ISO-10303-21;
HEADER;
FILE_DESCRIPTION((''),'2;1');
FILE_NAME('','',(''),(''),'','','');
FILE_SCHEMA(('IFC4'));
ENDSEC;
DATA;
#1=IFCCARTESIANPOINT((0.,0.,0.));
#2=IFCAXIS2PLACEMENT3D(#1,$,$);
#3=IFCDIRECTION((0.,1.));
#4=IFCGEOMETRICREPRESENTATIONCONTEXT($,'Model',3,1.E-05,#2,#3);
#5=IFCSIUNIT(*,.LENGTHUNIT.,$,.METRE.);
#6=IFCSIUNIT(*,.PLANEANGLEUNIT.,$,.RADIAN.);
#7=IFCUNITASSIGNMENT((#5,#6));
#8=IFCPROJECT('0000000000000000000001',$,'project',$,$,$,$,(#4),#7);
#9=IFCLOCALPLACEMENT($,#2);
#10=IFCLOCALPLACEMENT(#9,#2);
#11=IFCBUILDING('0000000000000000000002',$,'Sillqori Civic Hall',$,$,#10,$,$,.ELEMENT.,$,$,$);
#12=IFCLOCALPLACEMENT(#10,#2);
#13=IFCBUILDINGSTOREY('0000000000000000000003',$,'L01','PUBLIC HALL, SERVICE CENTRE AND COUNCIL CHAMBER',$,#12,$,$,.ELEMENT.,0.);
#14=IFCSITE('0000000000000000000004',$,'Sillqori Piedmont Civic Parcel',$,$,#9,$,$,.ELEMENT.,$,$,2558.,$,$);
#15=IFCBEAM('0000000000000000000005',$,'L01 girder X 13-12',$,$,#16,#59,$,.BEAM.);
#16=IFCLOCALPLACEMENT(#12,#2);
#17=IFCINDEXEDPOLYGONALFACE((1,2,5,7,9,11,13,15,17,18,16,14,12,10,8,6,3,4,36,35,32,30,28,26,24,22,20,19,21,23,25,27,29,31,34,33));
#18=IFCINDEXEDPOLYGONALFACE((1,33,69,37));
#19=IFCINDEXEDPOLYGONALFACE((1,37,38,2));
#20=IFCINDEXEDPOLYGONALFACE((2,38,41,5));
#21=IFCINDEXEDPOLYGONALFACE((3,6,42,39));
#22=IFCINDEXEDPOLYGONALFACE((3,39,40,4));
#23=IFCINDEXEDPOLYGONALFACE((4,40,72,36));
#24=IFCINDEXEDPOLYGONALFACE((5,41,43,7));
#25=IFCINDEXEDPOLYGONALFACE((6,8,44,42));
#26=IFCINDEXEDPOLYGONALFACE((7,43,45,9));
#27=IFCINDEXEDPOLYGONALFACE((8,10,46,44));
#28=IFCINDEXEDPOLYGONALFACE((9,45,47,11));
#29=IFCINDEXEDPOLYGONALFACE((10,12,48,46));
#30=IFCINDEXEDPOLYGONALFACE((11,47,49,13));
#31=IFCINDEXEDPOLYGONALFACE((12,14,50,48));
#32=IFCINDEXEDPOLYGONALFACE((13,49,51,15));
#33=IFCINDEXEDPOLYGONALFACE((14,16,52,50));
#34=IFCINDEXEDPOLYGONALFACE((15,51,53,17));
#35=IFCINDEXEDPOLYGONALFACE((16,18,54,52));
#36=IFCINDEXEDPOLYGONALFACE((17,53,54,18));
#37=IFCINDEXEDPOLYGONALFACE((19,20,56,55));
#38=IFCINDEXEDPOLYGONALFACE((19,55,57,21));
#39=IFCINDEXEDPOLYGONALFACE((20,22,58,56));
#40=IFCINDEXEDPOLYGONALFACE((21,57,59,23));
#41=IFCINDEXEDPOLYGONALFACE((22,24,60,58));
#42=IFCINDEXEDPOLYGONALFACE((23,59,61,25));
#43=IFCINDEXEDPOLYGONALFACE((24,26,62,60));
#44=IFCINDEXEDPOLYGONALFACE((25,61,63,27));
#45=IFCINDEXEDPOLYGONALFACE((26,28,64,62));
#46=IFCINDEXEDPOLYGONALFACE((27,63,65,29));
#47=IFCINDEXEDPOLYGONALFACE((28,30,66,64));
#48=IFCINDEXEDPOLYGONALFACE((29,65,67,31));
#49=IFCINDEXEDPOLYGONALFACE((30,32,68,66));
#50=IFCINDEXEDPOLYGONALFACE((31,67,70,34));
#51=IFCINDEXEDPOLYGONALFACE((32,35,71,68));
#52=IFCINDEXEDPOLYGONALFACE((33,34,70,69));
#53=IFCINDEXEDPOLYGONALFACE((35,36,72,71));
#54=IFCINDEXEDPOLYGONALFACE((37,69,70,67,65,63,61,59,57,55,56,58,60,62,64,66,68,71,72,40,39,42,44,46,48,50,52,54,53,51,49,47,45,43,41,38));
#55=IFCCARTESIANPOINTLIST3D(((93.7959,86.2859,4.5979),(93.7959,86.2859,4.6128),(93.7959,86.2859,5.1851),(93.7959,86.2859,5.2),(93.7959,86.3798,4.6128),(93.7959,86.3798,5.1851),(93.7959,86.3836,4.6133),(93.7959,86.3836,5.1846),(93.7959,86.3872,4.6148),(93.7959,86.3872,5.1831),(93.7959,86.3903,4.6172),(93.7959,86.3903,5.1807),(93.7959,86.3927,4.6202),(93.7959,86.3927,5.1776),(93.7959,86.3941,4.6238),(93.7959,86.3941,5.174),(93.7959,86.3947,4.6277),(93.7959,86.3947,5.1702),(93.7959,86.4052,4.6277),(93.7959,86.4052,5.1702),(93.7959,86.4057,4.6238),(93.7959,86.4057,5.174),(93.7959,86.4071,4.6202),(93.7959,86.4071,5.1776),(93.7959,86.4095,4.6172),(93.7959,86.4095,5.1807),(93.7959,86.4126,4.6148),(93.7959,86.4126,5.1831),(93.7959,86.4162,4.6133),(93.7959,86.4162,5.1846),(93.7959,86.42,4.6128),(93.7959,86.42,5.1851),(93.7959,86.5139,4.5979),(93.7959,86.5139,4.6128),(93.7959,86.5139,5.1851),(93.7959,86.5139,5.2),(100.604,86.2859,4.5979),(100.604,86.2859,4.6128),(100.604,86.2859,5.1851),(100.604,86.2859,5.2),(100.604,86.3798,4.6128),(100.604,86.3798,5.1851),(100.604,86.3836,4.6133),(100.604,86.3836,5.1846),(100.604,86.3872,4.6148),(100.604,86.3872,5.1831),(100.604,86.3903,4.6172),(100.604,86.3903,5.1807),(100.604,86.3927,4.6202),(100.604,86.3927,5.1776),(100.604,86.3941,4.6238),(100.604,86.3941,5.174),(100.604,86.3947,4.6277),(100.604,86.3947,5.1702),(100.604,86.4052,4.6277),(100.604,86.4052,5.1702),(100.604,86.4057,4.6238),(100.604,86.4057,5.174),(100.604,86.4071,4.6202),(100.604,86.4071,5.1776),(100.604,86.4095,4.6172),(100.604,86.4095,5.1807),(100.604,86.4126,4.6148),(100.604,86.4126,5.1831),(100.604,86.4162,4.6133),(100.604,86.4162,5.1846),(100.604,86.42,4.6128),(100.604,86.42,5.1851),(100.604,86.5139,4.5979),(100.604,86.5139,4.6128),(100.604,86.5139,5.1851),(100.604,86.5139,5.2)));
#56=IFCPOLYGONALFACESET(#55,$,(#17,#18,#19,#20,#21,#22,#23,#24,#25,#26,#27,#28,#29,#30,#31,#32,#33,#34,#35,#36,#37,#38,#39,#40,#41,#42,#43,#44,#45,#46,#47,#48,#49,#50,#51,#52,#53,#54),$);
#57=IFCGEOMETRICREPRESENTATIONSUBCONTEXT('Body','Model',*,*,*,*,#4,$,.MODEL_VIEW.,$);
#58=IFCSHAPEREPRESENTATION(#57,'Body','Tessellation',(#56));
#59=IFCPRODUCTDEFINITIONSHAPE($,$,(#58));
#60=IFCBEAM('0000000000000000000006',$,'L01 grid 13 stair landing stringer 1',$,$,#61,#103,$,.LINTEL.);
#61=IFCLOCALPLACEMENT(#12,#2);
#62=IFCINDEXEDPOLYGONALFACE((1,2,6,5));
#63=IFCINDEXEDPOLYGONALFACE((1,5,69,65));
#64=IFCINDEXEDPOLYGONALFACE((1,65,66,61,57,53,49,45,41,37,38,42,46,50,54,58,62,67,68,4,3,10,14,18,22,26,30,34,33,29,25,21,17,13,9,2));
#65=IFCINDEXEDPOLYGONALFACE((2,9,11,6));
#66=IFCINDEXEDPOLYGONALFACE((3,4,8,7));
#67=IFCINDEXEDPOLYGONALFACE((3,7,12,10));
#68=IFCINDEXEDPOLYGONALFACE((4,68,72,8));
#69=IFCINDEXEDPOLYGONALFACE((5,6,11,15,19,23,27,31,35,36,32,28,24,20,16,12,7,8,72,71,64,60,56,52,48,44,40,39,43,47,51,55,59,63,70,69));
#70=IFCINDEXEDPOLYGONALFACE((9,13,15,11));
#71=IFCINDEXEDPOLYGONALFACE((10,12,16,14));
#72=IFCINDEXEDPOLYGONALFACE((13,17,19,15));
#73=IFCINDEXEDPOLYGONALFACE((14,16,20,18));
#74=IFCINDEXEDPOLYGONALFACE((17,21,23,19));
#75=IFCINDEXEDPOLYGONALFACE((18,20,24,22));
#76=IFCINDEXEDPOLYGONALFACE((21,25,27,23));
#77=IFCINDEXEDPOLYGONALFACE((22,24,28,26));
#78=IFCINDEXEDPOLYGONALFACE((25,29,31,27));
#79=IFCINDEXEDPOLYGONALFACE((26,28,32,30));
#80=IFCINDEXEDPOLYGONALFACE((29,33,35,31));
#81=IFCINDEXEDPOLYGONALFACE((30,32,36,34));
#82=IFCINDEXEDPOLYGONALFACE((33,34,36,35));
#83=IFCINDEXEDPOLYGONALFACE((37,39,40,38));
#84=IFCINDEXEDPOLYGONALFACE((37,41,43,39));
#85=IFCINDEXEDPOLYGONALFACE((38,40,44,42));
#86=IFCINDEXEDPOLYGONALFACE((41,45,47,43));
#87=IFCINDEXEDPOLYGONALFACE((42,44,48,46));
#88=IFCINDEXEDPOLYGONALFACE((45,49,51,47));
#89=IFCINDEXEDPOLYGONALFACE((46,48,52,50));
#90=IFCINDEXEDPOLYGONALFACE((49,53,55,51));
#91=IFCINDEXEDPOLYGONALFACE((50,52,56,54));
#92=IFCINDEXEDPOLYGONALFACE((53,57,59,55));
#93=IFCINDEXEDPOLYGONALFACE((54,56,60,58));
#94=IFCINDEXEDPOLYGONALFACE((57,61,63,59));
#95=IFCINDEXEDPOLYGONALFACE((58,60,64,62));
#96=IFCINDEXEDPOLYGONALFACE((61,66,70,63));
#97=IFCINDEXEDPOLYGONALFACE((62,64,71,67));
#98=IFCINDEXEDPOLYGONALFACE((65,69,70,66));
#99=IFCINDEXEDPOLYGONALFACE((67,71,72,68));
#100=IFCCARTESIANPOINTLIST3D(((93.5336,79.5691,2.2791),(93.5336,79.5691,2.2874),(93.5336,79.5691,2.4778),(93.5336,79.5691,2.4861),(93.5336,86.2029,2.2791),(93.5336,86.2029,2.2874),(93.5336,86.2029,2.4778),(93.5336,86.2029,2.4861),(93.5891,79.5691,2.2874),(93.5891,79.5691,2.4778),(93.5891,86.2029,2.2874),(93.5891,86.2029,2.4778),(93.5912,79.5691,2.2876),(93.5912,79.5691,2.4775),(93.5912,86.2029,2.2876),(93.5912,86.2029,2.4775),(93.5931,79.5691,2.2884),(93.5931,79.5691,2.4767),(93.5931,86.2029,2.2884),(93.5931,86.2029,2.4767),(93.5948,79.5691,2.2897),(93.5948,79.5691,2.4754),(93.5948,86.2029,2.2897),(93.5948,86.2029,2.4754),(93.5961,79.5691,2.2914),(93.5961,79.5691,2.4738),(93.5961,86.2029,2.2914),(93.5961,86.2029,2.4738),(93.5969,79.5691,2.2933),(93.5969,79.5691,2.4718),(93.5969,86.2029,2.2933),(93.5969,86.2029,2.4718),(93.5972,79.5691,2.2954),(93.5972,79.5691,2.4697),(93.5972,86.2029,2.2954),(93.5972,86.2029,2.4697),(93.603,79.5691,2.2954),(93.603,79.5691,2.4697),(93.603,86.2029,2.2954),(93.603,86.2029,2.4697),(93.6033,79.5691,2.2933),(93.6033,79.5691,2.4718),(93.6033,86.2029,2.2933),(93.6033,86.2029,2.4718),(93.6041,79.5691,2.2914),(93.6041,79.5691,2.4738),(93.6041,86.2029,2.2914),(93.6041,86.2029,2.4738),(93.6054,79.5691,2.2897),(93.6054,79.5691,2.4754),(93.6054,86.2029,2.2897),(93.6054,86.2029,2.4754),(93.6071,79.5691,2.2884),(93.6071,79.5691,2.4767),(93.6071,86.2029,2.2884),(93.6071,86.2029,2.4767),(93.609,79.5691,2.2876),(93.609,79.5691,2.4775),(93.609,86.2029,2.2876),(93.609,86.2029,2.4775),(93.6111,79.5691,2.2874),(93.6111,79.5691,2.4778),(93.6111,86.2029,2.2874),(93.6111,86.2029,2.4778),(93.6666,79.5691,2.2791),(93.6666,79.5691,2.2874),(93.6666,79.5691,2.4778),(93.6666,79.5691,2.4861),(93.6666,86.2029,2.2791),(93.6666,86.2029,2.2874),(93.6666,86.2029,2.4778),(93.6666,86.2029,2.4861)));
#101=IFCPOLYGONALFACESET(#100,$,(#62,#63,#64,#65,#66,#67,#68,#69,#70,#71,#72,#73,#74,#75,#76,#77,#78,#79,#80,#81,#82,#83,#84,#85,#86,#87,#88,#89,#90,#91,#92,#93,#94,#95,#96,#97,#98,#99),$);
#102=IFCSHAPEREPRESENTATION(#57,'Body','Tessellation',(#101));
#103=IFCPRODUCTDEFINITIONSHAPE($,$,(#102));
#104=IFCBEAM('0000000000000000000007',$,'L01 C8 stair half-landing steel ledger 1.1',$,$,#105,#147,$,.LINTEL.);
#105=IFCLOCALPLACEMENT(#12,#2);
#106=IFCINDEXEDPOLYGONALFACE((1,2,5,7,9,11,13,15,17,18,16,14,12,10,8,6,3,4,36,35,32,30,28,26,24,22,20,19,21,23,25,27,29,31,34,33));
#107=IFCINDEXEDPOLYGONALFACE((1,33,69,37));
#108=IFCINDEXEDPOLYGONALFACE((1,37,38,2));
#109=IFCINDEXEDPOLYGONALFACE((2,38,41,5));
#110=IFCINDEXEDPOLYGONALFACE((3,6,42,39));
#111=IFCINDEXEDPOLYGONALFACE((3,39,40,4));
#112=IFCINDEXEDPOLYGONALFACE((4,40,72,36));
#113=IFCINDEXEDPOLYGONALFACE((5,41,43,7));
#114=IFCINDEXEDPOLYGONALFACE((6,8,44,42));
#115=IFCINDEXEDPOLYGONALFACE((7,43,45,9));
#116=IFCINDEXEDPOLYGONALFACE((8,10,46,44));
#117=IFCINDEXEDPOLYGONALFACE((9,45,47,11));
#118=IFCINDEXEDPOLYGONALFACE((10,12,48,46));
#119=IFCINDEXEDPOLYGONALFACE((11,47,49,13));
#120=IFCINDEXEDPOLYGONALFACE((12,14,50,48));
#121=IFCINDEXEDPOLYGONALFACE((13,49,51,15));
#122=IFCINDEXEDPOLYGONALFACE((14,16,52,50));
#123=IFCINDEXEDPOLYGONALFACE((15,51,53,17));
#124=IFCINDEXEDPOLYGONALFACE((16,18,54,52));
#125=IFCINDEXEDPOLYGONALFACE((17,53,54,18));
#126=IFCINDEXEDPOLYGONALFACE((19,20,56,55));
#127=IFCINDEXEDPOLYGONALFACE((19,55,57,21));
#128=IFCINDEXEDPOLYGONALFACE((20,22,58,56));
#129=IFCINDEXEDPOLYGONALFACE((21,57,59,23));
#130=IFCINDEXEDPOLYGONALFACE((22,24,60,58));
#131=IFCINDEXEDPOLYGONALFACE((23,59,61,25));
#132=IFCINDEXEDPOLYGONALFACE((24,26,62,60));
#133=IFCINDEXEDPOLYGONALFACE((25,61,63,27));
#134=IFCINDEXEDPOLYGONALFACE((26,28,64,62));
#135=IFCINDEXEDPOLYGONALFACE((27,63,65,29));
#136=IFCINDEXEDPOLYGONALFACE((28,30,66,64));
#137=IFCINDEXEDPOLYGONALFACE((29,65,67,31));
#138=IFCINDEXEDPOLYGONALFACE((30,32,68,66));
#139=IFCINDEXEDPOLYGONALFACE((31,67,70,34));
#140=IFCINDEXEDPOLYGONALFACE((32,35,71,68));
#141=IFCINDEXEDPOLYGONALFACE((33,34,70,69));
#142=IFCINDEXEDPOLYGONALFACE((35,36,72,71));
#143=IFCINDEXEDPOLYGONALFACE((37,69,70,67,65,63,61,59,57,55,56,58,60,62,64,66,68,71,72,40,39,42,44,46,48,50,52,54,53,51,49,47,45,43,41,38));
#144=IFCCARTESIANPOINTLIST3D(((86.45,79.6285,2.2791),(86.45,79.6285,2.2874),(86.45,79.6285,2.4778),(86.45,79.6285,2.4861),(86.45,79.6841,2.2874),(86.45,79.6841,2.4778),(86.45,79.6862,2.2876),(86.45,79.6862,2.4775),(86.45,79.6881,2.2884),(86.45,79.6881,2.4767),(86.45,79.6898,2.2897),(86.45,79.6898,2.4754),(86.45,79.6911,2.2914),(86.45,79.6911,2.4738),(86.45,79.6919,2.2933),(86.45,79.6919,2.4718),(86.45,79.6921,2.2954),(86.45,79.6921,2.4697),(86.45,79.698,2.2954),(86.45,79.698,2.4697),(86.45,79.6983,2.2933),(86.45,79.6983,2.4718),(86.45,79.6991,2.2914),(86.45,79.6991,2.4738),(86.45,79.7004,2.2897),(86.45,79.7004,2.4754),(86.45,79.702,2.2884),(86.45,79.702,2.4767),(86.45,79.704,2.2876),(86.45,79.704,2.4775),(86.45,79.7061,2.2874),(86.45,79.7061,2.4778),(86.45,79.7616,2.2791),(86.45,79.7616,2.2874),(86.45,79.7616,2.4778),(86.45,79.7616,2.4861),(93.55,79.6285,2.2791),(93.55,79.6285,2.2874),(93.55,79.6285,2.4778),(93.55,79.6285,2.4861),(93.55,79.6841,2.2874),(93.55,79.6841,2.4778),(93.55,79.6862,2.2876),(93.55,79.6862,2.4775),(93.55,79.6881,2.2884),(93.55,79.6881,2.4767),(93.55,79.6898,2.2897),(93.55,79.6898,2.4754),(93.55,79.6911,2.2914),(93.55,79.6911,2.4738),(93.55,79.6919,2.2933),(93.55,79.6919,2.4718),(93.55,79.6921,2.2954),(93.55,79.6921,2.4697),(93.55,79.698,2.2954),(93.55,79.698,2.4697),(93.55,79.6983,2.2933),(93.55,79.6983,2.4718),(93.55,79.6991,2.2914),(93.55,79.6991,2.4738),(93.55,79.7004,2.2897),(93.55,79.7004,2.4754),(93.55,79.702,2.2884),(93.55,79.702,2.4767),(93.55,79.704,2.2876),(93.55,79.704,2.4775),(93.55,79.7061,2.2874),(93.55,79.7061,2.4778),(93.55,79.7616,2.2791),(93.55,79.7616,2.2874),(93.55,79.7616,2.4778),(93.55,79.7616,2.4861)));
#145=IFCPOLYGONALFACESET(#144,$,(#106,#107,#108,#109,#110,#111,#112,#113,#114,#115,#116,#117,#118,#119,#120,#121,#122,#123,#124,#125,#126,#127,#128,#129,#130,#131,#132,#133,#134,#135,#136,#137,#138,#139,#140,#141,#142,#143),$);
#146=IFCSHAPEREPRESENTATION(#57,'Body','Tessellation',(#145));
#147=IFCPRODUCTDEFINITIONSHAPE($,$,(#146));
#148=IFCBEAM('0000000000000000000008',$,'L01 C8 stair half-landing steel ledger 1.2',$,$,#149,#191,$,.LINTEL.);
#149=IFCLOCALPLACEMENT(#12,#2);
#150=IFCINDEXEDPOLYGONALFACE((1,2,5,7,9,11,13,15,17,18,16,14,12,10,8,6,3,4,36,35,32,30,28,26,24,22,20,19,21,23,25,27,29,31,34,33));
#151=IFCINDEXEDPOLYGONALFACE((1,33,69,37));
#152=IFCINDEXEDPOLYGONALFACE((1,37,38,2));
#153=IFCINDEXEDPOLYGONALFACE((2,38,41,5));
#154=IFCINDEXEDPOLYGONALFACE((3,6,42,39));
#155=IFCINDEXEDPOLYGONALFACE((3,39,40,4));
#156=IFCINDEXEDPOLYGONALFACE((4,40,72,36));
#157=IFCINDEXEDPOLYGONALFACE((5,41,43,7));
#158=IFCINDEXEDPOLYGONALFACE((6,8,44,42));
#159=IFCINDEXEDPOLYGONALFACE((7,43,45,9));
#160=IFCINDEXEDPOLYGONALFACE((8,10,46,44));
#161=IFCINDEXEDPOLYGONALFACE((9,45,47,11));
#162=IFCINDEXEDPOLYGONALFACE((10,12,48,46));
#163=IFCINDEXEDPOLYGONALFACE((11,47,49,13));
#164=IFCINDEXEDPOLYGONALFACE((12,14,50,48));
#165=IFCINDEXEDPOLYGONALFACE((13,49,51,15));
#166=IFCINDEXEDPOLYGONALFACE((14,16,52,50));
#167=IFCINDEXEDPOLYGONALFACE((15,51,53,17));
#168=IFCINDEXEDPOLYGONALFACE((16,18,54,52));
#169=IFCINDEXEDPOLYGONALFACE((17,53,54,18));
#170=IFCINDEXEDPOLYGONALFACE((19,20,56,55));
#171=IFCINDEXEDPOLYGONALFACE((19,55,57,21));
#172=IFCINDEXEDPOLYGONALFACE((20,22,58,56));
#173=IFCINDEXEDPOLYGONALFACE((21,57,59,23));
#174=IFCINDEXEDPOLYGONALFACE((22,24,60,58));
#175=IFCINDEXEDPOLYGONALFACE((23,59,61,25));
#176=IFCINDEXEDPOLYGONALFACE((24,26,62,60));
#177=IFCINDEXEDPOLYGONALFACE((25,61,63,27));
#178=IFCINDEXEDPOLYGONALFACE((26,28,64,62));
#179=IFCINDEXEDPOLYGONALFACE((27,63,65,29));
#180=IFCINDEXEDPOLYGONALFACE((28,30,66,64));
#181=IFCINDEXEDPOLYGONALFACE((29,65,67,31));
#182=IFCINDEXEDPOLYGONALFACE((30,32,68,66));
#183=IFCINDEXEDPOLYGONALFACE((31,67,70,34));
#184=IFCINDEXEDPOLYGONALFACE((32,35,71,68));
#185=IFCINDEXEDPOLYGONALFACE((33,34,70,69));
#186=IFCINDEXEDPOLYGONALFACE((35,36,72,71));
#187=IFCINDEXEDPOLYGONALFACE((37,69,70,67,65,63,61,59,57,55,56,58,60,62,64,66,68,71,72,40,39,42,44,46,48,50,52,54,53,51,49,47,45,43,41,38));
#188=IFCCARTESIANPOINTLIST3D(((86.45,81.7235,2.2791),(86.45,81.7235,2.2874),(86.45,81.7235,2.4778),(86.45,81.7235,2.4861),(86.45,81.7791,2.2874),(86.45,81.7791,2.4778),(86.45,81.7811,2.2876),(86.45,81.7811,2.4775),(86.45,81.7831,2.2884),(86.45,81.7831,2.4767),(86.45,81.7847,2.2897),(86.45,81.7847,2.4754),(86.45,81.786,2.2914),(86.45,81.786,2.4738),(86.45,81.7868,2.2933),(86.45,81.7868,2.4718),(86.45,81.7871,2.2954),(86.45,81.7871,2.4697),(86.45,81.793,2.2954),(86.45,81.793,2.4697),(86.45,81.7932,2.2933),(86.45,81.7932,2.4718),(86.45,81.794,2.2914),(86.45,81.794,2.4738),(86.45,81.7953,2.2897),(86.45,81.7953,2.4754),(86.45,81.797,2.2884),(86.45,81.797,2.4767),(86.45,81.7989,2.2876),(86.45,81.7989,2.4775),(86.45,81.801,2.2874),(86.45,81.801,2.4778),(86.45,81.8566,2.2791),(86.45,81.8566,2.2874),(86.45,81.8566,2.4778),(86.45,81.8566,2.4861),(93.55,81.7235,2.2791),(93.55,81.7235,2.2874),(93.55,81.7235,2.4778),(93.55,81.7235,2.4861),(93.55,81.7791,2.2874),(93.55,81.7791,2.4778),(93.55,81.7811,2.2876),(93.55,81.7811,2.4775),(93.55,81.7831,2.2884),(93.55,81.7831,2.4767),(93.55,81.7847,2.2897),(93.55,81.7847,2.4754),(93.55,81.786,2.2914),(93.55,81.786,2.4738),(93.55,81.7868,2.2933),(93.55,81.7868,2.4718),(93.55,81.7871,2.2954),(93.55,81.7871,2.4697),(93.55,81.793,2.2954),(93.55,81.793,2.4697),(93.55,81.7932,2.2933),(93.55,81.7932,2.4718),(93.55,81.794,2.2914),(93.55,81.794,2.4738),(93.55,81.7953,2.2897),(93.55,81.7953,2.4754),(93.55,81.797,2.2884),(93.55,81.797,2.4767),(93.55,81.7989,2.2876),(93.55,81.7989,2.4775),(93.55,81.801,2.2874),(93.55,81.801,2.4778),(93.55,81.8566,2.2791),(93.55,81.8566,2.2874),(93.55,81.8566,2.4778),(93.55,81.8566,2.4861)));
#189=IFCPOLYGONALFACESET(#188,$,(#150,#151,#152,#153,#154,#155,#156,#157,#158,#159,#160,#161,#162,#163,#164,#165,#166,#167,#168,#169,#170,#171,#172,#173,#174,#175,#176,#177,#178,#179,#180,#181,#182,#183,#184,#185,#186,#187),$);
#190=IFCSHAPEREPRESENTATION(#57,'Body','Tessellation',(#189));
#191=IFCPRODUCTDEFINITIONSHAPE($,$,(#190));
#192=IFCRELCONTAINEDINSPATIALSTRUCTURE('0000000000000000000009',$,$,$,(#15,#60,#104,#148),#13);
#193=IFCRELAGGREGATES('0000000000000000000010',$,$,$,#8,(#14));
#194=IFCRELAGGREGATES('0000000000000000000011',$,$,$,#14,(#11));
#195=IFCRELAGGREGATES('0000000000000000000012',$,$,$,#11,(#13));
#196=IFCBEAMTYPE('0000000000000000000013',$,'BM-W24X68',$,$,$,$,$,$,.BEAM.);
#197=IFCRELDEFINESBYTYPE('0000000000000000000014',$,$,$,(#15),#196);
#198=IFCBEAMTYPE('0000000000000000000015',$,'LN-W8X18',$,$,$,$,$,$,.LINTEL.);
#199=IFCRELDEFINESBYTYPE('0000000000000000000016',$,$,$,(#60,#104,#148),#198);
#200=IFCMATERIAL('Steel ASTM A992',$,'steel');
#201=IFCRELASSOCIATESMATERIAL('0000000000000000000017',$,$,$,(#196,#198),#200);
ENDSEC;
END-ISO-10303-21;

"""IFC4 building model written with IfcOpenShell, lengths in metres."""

from ifc_helpers import new_model, si_unit, direction, frame, origin, origin_2d, place, context, subcontext, project, spatial, i_section, extrude, material, material_profile, profile_set, type_object, element, save


model = new_model("IFC4")

# Units and contexts
model_context = context("Model", 3, precision=1e-05, world=origin(), true_north=direction((0.0, 1.0)))
body_context = subcontext(model_context, "Body", "Model", "MODEL_VIEW")
ifc_project = project(units=[si_unit("LENGTHUNIT", "METRE"), si_unit("PLANEANGLEUNIT", "RADIAN")], contexts=[model_context])

# Site, building, storey
site_placement = place(None, origin())
site = spatial("IfcSite", under=ifc_project, at=site_placement, Name="Sillqori Piedmont Civic Parcel", CompositionType="ELEMENT", RefElevation=2558.0)
building_placement = place(site_placement, origin())
building = spatial("IfcBuilding", under=site, at=building_placement, Name="Sillqori Civic Hall", CompositionType="ELEMENT")
storey_placement = place(building_placement, origin())
storey = spatial("IfcBuildingStorey", under=building, at=storey_placement, Name="L01", Description="PUBLIC HALL, SERVICE CENTRE AND COUNCIL CHAMBER", CompositionType="ELEMENT", Elevation=0.0)

# Shared definitions
ifc_material_1 = material(Name="Steel ASTM A992", Category="steel")

# Beams
ifc_material_profile_1 = material_profile(ifc_material_1, i_section(OverallWidth=0.228, OverallDepth=0.6021, WebThickness=0.0105, FlangeThickness=0.0149, FilletRadius=0.0149, at=origin_2d()), Name="W24X68")
ifc_profile_set_1 = profile_set([ifc_material_profile_1], Name="Steel ASTM A992")
beam_type_1 = type_object("IfcBeamType", Name="BM-W24X68", PredefinedType="BEAM", material=ifc_profile_set_1)
beam_1_placement = place(storey_placement, frame((93.7959, 86.3999, 4.8989), z_axis=(1.0, 0.0, 0.0), x_axis=(0.0, 1.0, 0.0)))
element("IfcBeam", 1, at=beam_1_placement, inside=storey, type_object=beam_type_1, Name="L01 girder X 13-12", PredefinedType="BEAM", context=body_context, shape_type="SweptSolid", body=[
    extrude(i_section(OverallWidth=0.228, OverallDepth=0.6021, WebThickness=0.0105, FlangeThickness=0.0149, FilletRadius=0.0149, at=origin_2d()), origin(), (0.0, 0.0, 1.0), 6.8081),
])
ifc_material_profile_2 = material_profile(ifc_material_1, i_section(OverallWidth=0.1331, OverallDepth=0.207, WebThickness=0.0059, FlangeThickness=0.0083, FilletRadius=0.0081, at=origin_2d()), Name="W8X18")
ifc_profile_set_2 = profile_set([ifc_material_profile_2], Name="Steel ASTM A992")
beam_type_2 = type_object("IfcBeamType", Name="LN-W8X18", PredefinedType="LINTEL", material=ifc_profile_set_2)
beam_2_placement = place(storey_placement, frame((93.6001, 79.5691, 2.3826), z_axis=(0.0, 1.0, 0.0), x_axis=(-1.0, 0.0, 0.0)))
element("IfcBeam", 2, at=beam_2_placement, inside=storey, type_object=beam_type_2, Name="L01 grid 13 stair landing stringer 1", PredefinedType="LINTEL", context=body_context, shape_type="SweptSolid", body=[
    extrude(i_section(OverallWidth=0.1331, OverallDepth=0.207, WebThickness=0.0059, FlangeThickness=0.0083, FilletRadius=0.0081, at=origin_2d()), origin(), (0.0, 0.0, 1.0), 6.6338),
])
for number, where, z_axis, x_axis, name in (
    (3, (86.45, 79.6951, 2.3826), (1.0, 0.0, 0.0), (0.0, 1.0, 0.0), "L01 C8 stair half-landing steel ledger 1.1"),
    (4, (86.45, 81.79, 2.3826), (1.0, 0.0, 0.0), (0.0, 1.0, 0.0), "L01 C8 stair half-landing steel ledger 1.2"),
):
    element("IfcBeam", number, at=place(storey_placement, frame(where, z_axis=z_axis, x_axis=x_axis)), inside=storey, type_object=beam_type_2, Name=name, PredefinedType="LINTEL", context=body_context, shape_type="SweptSolid", body=[
        extrude(i_section(OverallWidth=0.1331, OverallDepth=0.207, WebThickness=0.0059, FlangeThickness=0.0083, FilletRadius=0.0081, at=origin_2d()), origin(), (0.0, 0.0, 1.0), 7.1001),
    ])

save(model, "model.ifc")
